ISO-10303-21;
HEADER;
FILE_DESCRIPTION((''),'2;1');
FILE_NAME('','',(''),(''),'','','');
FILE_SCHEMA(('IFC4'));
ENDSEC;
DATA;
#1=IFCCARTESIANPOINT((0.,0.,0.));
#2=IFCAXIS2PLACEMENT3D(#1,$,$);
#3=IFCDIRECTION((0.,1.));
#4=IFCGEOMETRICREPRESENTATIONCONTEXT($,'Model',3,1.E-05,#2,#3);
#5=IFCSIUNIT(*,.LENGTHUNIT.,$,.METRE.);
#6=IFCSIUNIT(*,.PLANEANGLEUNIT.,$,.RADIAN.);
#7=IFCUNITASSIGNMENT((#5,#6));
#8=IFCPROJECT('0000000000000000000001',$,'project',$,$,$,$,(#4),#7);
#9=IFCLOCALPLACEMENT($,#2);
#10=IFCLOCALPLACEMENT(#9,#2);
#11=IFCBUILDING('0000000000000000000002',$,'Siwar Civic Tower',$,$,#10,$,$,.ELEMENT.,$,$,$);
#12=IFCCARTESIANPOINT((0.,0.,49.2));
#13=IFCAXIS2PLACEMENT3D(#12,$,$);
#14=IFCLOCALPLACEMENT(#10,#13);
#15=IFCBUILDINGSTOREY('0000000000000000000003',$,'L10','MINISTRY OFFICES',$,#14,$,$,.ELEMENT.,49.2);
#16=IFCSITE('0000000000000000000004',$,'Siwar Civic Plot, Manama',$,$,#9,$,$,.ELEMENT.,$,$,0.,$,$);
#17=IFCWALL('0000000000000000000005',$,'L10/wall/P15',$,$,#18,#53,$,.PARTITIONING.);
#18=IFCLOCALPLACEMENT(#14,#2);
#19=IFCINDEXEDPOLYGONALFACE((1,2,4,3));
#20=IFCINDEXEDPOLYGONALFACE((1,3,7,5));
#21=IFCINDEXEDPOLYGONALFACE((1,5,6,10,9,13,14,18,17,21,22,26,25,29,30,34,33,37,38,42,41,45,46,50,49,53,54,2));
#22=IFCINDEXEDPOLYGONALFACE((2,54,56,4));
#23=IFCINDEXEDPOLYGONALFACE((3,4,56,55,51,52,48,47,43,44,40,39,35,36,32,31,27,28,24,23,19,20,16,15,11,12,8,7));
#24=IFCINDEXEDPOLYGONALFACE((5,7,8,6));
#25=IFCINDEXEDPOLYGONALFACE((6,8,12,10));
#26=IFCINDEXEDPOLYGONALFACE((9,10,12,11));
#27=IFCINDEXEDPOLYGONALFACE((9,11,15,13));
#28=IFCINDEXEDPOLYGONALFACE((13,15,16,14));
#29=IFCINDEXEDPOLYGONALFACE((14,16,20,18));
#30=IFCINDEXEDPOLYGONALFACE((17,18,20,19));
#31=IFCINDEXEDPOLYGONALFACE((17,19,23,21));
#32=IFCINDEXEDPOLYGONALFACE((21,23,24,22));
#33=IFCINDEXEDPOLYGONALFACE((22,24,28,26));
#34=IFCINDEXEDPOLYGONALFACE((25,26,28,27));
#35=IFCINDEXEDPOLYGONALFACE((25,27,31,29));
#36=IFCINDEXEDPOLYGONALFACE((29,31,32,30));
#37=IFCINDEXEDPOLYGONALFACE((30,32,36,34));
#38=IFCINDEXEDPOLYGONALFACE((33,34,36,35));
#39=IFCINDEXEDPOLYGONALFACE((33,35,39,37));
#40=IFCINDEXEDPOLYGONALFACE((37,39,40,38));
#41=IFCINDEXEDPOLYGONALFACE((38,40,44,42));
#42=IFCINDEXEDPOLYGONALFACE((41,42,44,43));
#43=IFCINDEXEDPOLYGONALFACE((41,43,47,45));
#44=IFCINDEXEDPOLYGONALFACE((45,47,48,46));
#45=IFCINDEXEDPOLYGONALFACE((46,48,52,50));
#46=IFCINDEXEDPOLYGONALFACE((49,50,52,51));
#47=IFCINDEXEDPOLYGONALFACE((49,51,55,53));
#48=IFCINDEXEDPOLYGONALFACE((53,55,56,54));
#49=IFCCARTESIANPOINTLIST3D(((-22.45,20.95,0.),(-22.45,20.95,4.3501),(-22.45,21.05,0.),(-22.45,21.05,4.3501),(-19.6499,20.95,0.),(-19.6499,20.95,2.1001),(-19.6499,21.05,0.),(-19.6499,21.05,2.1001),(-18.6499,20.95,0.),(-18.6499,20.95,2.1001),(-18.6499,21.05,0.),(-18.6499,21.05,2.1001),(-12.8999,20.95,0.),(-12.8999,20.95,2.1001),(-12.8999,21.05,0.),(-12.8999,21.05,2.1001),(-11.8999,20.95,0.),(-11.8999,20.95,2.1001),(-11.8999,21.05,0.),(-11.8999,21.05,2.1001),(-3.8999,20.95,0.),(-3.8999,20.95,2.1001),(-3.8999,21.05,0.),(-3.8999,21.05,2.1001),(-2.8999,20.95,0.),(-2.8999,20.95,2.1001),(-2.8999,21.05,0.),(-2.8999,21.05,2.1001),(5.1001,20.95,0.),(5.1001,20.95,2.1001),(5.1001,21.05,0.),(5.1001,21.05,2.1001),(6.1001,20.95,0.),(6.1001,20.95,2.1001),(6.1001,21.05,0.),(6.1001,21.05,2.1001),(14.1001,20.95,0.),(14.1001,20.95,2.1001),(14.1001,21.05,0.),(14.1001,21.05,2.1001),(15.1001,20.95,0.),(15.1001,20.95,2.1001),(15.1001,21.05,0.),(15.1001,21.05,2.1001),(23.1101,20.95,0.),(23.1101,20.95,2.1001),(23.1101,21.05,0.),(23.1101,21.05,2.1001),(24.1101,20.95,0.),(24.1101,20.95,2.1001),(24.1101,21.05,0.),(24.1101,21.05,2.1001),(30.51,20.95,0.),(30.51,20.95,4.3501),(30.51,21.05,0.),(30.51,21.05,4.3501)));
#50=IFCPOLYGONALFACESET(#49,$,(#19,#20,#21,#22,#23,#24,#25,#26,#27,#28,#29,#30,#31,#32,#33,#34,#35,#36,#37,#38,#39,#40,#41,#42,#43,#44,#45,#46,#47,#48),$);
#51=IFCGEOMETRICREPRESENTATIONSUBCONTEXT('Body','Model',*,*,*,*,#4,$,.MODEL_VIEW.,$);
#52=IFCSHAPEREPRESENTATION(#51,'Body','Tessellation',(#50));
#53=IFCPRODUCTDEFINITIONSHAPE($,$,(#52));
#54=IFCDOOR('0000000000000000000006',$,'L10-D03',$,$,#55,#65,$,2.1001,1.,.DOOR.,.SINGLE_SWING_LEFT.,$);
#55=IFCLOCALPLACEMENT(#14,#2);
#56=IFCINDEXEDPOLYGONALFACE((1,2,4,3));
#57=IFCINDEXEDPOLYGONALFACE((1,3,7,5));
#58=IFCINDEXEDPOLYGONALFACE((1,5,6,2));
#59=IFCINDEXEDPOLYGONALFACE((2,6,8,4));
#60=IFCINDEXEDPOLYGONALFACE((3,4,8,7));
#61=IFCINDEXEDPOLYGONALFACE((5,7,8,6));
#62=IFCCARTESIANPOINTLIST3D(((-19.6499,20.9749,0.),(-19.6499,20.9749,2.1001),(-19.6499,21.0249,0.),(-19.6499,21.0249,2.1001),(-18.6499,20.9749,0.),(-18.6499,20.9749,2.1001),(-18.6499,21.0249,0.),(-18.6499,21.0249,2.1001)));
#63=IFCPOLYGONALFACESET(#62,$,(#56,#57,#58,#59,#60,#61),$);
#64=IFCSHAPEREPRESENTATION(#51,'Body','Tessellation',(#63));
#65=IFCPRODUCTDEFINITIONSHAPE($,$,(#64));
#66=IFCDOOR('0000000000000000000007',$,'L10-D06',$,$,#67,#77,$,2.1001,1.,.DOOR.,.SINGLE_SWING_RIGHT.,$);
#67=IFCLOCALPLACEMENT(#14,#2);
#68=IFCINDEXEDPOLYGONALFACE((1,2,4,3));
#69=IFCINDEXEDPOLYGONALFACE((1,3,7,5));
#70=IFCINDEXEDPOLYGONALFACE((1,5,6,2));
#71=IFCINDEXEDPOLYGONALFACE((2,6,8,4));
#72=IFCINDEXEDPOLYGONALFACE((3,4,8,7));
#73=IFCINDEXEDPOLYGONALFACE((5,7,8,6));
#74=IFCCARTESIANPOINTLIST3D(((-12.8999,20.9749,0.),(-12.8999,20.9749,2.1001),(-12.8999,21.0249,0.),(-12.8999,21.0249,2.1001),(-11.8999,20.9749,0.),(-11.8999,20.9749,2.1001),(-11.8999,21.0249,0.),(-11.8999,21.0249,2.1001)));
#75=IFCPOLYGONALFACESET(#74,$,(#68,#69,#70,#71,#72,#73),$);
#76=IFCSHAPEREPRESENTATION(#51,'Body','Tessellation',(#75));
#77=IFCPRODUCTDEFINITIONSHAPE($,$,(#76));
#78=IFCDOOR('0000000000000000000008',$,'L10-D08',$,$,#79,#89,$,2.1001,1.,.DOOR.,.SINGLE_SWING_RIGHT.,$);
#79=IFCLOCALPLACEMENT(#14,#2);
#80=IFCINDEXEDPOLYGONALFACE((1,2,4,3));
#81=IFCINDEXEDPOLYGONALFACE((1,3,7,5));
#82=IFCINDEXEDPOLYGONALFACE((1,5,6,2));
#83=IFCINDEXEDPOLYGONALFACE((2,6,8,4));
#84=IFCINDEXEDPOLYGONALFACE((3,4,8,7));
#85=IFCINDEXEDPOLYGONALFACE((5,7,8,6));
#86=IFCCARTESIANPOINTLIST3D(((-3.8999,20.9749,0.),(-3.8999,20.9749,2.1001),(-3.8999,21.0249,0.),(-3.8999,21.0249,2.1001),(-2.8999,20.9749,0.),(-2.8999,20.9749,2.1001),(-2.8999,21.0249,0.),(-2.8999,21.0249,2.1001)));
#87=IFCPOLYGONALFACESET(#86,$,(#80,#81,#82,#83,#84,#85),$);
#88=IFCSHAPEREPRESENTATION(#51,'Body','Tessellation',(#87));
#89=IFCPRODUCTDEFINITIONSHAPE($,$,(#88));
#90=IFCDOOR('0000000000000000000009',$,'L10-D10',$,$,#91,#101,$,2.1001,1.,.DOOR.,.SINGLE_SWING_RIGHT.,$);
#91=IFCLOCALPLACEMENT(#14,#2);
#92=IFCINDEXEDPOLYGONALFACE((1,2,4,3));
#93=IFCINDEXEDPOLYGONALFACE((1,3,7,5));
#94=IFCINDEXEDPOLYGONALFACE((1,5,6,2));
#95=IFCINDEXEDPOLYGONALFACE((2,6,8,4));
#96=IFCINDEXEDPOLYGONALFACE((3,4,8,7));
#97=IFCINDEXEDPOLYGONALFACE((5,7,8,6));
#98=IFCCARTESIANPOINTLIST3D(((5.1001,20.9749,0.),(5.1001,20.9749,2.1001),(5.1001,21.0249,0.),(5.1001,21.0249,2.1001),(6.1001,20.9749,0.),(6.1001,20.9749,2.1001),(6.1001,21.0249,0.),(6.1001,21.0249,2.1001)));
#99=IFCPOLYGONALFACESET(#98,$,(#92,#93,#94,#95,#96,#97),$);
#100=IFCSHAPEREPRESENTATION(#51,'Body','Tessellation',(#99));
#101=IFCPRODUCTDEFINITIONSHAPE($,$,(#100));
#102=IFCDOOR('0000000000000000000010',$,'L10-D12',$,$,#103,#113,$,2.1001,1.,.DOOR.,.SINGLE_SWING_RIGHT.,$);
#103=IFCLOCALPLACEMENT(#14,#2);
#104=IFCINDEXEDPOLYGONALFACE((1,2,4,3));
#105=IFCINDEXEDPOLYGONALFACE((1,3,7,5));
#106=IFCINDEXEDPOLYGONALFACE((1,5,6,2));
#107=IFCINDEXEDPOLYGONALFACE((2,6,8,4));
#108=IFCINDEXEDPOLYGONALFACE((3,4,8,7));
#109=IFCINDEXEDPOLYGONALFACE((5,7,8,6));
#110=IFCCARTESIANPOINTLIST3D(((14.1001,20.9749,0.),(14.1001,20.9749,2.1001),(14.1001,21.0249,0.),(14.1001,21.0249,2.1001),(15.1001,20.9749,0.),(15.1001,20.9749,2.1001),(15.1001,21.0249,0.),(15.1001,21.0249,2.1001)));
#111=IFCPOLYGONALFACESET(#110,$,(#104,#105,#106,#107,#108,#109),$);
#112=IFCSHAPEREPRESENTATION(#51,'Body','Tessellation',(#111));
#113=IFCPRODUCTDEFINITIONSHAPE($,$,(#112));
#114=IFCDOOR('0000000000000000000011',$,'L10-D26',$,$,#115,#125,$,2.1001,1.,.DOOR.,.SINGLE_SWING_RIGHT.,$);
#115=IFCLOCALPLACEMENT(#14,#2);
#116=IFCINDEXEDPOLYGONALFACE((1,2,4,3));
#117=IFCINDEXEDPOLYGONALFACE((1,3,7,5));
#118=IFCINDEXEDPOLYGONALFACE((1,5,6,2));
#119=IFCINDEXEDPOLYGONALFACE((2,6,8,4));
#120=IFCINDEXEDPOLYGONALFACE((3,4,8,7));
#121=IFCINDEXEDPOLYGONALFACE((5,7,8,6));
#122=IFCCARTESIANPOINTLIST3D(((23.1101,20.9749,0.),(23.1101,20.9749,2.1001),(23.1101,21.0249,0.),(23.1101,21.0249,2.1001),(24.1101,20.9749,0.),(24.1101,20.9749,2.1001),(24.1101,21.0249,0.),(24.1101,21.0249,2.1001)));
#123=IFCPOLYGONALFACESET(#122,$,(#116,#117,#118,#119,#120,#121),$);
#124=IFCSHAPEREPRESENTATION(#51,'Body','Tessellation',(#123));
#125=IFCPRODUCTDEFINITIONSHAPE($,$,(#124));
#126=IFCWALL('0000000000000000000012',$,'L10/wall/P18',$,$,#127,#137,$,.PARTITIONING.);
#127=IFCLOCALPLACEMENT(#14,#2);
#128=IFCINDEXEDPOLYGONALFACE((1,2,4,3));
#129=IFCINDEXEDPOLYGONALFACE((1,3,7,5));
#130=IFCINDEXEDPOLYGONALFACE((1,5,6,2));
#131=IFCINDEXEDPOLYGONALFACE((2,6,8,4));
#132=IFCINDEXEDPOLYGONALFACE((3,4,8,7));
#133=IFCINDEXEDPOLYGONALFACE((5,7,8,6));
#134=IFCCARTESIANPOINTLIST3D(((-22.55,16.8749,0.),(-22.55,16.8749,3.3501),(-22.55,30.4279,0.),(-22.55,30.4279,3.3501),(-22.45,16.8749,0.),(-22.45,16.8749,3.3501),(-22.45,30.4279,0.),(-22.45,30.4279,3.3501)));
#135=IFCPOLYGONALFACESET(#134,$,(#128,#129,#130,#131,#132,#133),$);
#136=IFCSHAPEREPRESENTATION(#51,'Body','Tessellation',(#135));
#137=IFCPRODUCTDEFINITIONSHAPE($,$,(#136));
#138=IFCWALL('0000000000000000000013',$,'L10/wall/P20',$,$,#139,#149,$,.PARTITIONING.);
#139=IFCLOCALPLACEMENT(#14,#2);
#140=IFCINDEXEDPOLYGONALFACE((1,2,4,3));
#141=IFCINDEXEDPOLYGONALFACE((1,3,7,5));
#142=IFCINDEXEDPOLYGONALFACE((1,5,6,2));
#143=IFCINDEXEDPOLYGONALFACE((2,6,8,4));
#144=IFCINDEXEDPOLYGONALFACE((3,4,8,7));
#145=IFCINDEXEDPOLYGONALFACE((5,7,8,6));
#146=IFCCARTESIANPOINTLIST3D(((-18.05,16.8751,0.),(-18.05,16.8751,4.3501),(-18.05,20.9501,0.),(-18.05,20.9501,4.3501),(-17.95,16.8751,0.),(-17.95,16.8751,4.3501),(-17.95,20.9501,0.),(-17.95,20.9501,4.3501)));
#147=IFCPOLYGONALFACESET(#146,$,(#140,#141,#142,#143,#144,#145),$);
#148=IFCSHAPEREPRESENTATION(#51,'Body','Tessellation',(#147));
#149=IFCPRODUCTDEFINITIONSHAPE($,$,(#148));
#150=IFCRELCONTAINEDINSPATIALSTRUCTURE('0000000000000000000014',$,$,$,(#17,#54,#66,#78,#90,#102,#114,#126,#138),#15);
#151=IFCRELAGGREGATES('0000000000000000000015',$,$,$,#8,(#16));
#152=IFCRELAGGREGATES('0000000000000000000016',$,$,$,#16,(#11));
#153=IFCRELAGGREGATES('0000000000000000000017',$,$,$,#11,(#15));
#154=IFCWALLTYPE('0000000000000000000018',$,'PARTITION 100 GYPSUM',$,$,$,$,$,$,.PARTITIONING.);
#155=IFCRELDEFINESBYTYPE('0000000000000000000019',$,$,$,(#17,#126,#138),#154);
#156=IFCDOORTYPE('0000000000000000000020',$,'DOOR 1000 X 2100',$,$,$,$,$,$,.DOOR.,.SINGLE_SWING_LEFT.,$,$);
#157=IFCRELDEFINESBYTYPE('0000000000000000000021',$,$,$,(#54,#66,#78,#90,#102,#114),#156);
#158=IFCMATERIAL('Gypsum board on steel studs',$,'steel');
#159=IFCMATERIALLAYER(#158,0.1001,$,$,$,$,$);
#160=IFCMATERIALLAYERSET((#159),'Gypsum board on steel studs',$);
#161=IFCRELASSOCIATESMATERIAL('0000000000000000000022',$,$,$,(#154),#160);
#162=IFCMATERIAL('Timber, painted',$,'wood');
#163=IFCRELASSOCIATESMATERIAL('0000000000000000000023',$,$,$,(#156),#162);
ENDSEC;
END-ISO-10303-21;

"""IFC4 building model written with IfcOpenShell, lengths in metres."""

from ifc_helpers import new_model, si_unit, direction, frame, frame_2d, origin, place, context, subcontext, project, spatial, rectangle, extrude, material, layer, layer_set, type_object, element, fill, save


model = new_model("IFC4")

# Units and contexts
model_context = context("Model", 3, precision=1e-05, world=origin(), true_north=direction((0.0, 1.0)))
body_context = subcontext(model_context, "Body", "Model", "MODEL_VIEW")
ifc_project = project(units=[si_unit("LENGTHUNIT", "METRE"), si_unit("PLANEANGLEUNIT", "RADIAN")], contexts=[model_context])

# Site, building, storey
site_placement = place(None, origin())
site = spatial("IfcSite", under=ifc_project, at=site_placement, Name="Siwar Civic Plot, Manama", CompositionType="ELEMENT", RefElevation=0.0)
building_placement = place(site_placement, origin())
building = spatial("IfcBuilding", under=site, at=building_placement, Name="Siwar Civic Tower", CompositionType="ELEMENT")
storey_placement = place(building_placement, frame((0.0, 0.0, 49.2)))
storey = spatial("IfcBuildingStorey", under=building, at=storey_placement, Name="L10", Description="MINISTRY OFFICES", CompositionType="ELEMENT", Elevation=49.2)

# Wall, openings, doors
ifc_material_1 = material(Name="Gypsum board on steel studs", Category="steel")
ifc_layer_1 = layer(ifc_material_1, 0.1001)
ifc_layer_set_1 = layer_set([ifc_layer_1], Name="Gypsum board on steel studs")
wall_type_1 = type_object("IfcWallType", Name="PARTITION 100 GYPSUM", PredefinedType="PARTITIONING", material=ifc_layer_set_1)
wall_1_placement = place(storey_placement, frame((-22.45, 21.0, 0.0), z_axis=(0.0, 0.0, 1.0), x_axis=(1.0, 0.0, 0.0)))
wall_1 = element("IfcWall", 1, at=wall_1_placement, inside=storey, type_object=wall_type_1, Name="L10/wall/P15", PredefinedType="PARTITIONING", context=body_context, shape_type="SweptSolid", body=[
    extrude(rectangle(XDim=52.96, YDim=0.1001, at=frame_2d((26.48, 0.0))), origin(), (0.0, 0.0, 1.0), 4.3501),
])
opening_1_placement = place(wall_1_placement, frame((2.8, 0.0, 0.0)))
opening_1 = element("IfcOpeningElement", 2, at=opening_1_placement, cuts=wall_1, PredefinedType="OPENING", context=body_context, shape_type="SweptSolid", body=[
    extrude(rectangle(XDim=1.0, YDim=2.1001, at=frame_2d((0.5, 1.05))), frame((0.0, 0.0601, 0.0), z_axis=(0.0, -1.0, 0.0), x_axis=(1.0, 0.0, 0.0)), (0.0, 0.0, 1.0), 0.1201),
])
opening_2_placement = place(wall_1_placement, frame((9.55, 0.0, 0.0)))
opening_2 = element("IfcOpeningElement", 3, at=opening_2_placement, cuts=wall_1, PredefinedType="OPENING", context=body_context, shape_type="SweptSolid", body=[
    extrude(rectangle(XDim=1.0, YDim=2.1001, at=frame_2d((0.5, 1.05))), frame((0.0, 0.0601, 0.0), z_axis=(0.0, -1.0, 0.0), x_axis=(1.0, 0.0, 0.0)), (0.0, 0.0, 1.0), 0.1201),
])
opening_3_placement = place(wall_1_placement, frame((18.55, 0.0, 0.0)))
opening_3 = element("IfcOpeningElement", 4, at=opening_3_placement, cuts=wall_1, PredefinedType="OPENING", context=body_context, shape_type="SweptSolid", body=[
    extrude(rectangle(XDim=1.0, YDim=2.1001, at=frame_2d((0.5, 1.05))), frame((0.0, 0.0601, 0.0), z_axis=(0.0, -1.0, 0.0), x_axis=(1.0, 0.0, 0.0)), (0.0, 0.0, 1.0), 0.1201),
])
opening_4_placement = place(wall_1_placement, frame((27.55, 0.0, 0.0)))
opening_4 = element("IfcOpeningElement", 5, at=opening_4_placement, cuts=wall_1, PredefinedType="OPENING", context=body_context, shape_type="SweptSolid", body=[
    extrude(rectangle(XDim=1.0, YDim=2.1001, at=frame_2d((0.5, 1.05))), frame((0.0, 0.0601, 0.0), z_axis=(0.0, -1.0, 0.0), x_axis=(1.0, 0.0, 0.0)), (0.0, 0.0, 1.0), 0.1201),
])
opening_5_placement = place(wall_1_placement, frame((36.55, 0.0, 0.0)))
opening_5 = element("IfcOpeningElement", 6, at=opening_5_placement, cuts=wall_1, PredefinedType="OPENING", context=body_context, shape_type="SweptSolid", body=[
    extrude(rectangle(XDim=1.0, YDim=2.1001, at=frame_2d((0.5, 1.05))), frame((0.0, 0.0601, 0.0), z_axis=(0.0, -1.0, 0.0), x_axis=(1.0, 0.0, 0.0)), (0.0, 0.0, 1.0), 0.1201),
])
opening_6_placement = place(wall_1_placement, frame((45.5601, 0.0, 0.0)))
opening_6 = element("IfcOpeningElement", 7, at=opening_6_placement, cuts=wall_1, PredefinedType="OPENING", context=body_context, shape_type="SweptSolid", body=[
    extrude(rectangle(XDim=1.0, YDim=2.1001, at=frame_2d((0.5, 1.05))), frame((0.0, 0.0601, 0.0), z_axis=(0.0, -1.0, 0.0), x_axis=(1.0, 0.0, 0.0)), (0.0, 0.0, 1.0), 0.1201),
])
ifc_material_2 = material(Name="Timber, painted", Category="wood")
door_type_1 = type_object("IfcDoorType", Name="DOOR 1000 X 2100", OperationType="SINGLE_SWING_LEFT", PredefinedType="DOOR", material=ifc_material_2)
door_1_placement = place(opening_1_placement, origin())
door_1 = element("IfcDoor", 8, at=door_1_placement, inside=storey, type_object=door_type_1, Name="L10-D03", OperationType="SINGLE_SWING_LEFT", OverallHeight=2.1001, OverallWidth=1.0, PredefinedType="DOOR", context=body_context, shape_type="SweptSolid", body=[
    extrude(rectangle(XDim=1.0, YDim=2.1001, at=frame_2d((0.5, 1.05))), frame((0.0, 0.0249, 0.0), z_axis=(0.0, -1.0, 0.0), x_axis=(1.0, 0.0, 0.0)), (0.0, 0.0, 1.0), 0.05),
])
fill(opening_1, door_1)
door_2_placement = place(opening_2_placement, origin())
door_2 = element("IfcDoor", 9, at=door_2_placement, inside=storey, type_object=door_type_1, Name="L10-D06", OperationType="SINGLE_SWING_RIGHT", OverallHeight=2.1001, OverallWidth=1.0, PredefinedType="DOOR", context=body_context, shape_type="SweptSolid", body=[
    extrude(rectangle(XDim=1.0, YDim=2.1001, at=frame_2d((0.5, 1.05))), frame((0.0, 0.0249, 0.0), z_axis=(0.0, -1.0, 0.0), x_axis=(1.0, 0.0, 0.0)), (0.0, 0.0, 1.0), 0.05),
])
fill(opening_2, door_2)
door_3_placement = place(opening_3_placement, origin())
door_3 = element("IfcDoor", 10, at=door_3_placement, inside=storey, type_object=door_type_1, Name="L10-D08", OperationType="SINGLE_SWING_RIGHT", OverallHeight=2.1001, OverallWidth=1.0, PredefinedType="DOOR", context=body_context, shape_type="SweptSolid", body=[
    extrude(rectangle(XDim=1.0, YDim=2.1001, at=frame_2d((0.5, 1.05))), frame((0.0, 0.0249, 0.0), z_axis=(0.0, -1.0, 0.0), x_axis=(1.0, 0.0, 0.0)), (0.0, 0.0, 1.0), 0.05),
])
fill(opening_3, door_3)
door_4_placement = place(opening_4_placement, origin())
door_4 = element("IfcDoor", 11, at=door_4_placement, inside=storey, type_object=door_type_1, Name="L10-D10", OperationType="SINGLE_SWING_RIGHT", OverallHeight=2.1001, OverallWidth=1.0, PredefinedType="DOOR", context=body_context, shape_type="SweptSolid", body=[
    extrude(rectangle(XDim=1.0, YDim=2.1001, at=frame_2d((0.5, 1.05))), frame((0.0, 0.0249, 0.0), z_axis=(0.0, -1.0, 0.0), x_axis=(1.0, 0.0, 0.0)), (0.0, 0.0, 1.0), 0.05),
])
fill(opening_4, door_4)
door_5_placement = place(opening_5_placement, origin())
door_5 = element("IfcDoor", 12, at=door_5_placement, inside=storey, type_object=door_type_1, Name="L10-D12", OperationType="SINGLE_SWING_RIGHT", OverallHeight=2.1001, OverallWidth=1.0, PredefinedType="DOOR", context=body_context, shape_type="SweptSolid", body=[
    extrude(rectangle(XDim=1.0, YDim=2.1001, at=frame_2d((0.5, 1.05))), frame((0.0, 0.0249, 0.0), z_axis=(0.0, -1.0, 0.0), x_axis=(1.0, 0.0, 0.0)), (0.0, 0.0, 1.0), 0.05),
])
fill(opening_5, door_5)
door_6_placement = place(opening_6_placement, origin())
door_6 = element("IfcDoor", 13, at=door_6_placement, inside=storey, type_object=door_type_1, Name="L10-D26", OperationType="SINGLE_SWING_RIGHT", OverallHeight=2.1001, OverallWidth=1.0, PredefinedType="DOOR", context=body_context, shape_type="SweptSolid", body=[
    extrude(rectangle(XDim=1.0, YDim=2.1001, at=frame_2d((0.5, 1.05))), frame((0.0, 0.0249, 0.0), z_axis=(0.0, -1.0, 0.0), x_axis=(1.0, 0.0, 0.0)), (0.0, 0.0, 1.0), 0.05),
])
fill(opening_6, door_6)

# Walls
wall_2_placement = place(storey_placement, frame((-22.5, 16.875, 0.0), z_axis=(0.0, 0.0, 1.0), x_axis=(0.0, 1.0, 0.0)))
element("IfcWall", 14, at=wall_2_placement, inside=storey, type_object=wall_type_1, Name="L10/wall/P18", PredefinedType="PARTITIONING", context=body_context, shape_type="SweptSolid", body=[
    extrude(rectangle(XDim=13.553, YDim=0.1001, at=frame_2d((6.7764, 0.0))), origin(), (0.0, 0.0, 1.0), 3.3501),
])
wall_3_placement = place(storey_placement, frame((-18.0, 16.875, 0.0), z_axis=(0.0, 0.0, 1.0), x_axis=(0.0, 1.0, 0.0)))
element("IfcWall", 15, at=wall_3_placement, inside=storey, type_object=wall_type_1, Name="L10/wall/P20", PredefinedType="PARTITIONING", context=body_context, shape_type="SweptSolid", body=[
    extrude(rectangle(XDim=4.075, YDim=0.1001, at=frame_2d((2.0376, 0.0))), origin(), (0.0, 0.0, 1.0), 4.3501),
])

save(model, "model.ifc")
